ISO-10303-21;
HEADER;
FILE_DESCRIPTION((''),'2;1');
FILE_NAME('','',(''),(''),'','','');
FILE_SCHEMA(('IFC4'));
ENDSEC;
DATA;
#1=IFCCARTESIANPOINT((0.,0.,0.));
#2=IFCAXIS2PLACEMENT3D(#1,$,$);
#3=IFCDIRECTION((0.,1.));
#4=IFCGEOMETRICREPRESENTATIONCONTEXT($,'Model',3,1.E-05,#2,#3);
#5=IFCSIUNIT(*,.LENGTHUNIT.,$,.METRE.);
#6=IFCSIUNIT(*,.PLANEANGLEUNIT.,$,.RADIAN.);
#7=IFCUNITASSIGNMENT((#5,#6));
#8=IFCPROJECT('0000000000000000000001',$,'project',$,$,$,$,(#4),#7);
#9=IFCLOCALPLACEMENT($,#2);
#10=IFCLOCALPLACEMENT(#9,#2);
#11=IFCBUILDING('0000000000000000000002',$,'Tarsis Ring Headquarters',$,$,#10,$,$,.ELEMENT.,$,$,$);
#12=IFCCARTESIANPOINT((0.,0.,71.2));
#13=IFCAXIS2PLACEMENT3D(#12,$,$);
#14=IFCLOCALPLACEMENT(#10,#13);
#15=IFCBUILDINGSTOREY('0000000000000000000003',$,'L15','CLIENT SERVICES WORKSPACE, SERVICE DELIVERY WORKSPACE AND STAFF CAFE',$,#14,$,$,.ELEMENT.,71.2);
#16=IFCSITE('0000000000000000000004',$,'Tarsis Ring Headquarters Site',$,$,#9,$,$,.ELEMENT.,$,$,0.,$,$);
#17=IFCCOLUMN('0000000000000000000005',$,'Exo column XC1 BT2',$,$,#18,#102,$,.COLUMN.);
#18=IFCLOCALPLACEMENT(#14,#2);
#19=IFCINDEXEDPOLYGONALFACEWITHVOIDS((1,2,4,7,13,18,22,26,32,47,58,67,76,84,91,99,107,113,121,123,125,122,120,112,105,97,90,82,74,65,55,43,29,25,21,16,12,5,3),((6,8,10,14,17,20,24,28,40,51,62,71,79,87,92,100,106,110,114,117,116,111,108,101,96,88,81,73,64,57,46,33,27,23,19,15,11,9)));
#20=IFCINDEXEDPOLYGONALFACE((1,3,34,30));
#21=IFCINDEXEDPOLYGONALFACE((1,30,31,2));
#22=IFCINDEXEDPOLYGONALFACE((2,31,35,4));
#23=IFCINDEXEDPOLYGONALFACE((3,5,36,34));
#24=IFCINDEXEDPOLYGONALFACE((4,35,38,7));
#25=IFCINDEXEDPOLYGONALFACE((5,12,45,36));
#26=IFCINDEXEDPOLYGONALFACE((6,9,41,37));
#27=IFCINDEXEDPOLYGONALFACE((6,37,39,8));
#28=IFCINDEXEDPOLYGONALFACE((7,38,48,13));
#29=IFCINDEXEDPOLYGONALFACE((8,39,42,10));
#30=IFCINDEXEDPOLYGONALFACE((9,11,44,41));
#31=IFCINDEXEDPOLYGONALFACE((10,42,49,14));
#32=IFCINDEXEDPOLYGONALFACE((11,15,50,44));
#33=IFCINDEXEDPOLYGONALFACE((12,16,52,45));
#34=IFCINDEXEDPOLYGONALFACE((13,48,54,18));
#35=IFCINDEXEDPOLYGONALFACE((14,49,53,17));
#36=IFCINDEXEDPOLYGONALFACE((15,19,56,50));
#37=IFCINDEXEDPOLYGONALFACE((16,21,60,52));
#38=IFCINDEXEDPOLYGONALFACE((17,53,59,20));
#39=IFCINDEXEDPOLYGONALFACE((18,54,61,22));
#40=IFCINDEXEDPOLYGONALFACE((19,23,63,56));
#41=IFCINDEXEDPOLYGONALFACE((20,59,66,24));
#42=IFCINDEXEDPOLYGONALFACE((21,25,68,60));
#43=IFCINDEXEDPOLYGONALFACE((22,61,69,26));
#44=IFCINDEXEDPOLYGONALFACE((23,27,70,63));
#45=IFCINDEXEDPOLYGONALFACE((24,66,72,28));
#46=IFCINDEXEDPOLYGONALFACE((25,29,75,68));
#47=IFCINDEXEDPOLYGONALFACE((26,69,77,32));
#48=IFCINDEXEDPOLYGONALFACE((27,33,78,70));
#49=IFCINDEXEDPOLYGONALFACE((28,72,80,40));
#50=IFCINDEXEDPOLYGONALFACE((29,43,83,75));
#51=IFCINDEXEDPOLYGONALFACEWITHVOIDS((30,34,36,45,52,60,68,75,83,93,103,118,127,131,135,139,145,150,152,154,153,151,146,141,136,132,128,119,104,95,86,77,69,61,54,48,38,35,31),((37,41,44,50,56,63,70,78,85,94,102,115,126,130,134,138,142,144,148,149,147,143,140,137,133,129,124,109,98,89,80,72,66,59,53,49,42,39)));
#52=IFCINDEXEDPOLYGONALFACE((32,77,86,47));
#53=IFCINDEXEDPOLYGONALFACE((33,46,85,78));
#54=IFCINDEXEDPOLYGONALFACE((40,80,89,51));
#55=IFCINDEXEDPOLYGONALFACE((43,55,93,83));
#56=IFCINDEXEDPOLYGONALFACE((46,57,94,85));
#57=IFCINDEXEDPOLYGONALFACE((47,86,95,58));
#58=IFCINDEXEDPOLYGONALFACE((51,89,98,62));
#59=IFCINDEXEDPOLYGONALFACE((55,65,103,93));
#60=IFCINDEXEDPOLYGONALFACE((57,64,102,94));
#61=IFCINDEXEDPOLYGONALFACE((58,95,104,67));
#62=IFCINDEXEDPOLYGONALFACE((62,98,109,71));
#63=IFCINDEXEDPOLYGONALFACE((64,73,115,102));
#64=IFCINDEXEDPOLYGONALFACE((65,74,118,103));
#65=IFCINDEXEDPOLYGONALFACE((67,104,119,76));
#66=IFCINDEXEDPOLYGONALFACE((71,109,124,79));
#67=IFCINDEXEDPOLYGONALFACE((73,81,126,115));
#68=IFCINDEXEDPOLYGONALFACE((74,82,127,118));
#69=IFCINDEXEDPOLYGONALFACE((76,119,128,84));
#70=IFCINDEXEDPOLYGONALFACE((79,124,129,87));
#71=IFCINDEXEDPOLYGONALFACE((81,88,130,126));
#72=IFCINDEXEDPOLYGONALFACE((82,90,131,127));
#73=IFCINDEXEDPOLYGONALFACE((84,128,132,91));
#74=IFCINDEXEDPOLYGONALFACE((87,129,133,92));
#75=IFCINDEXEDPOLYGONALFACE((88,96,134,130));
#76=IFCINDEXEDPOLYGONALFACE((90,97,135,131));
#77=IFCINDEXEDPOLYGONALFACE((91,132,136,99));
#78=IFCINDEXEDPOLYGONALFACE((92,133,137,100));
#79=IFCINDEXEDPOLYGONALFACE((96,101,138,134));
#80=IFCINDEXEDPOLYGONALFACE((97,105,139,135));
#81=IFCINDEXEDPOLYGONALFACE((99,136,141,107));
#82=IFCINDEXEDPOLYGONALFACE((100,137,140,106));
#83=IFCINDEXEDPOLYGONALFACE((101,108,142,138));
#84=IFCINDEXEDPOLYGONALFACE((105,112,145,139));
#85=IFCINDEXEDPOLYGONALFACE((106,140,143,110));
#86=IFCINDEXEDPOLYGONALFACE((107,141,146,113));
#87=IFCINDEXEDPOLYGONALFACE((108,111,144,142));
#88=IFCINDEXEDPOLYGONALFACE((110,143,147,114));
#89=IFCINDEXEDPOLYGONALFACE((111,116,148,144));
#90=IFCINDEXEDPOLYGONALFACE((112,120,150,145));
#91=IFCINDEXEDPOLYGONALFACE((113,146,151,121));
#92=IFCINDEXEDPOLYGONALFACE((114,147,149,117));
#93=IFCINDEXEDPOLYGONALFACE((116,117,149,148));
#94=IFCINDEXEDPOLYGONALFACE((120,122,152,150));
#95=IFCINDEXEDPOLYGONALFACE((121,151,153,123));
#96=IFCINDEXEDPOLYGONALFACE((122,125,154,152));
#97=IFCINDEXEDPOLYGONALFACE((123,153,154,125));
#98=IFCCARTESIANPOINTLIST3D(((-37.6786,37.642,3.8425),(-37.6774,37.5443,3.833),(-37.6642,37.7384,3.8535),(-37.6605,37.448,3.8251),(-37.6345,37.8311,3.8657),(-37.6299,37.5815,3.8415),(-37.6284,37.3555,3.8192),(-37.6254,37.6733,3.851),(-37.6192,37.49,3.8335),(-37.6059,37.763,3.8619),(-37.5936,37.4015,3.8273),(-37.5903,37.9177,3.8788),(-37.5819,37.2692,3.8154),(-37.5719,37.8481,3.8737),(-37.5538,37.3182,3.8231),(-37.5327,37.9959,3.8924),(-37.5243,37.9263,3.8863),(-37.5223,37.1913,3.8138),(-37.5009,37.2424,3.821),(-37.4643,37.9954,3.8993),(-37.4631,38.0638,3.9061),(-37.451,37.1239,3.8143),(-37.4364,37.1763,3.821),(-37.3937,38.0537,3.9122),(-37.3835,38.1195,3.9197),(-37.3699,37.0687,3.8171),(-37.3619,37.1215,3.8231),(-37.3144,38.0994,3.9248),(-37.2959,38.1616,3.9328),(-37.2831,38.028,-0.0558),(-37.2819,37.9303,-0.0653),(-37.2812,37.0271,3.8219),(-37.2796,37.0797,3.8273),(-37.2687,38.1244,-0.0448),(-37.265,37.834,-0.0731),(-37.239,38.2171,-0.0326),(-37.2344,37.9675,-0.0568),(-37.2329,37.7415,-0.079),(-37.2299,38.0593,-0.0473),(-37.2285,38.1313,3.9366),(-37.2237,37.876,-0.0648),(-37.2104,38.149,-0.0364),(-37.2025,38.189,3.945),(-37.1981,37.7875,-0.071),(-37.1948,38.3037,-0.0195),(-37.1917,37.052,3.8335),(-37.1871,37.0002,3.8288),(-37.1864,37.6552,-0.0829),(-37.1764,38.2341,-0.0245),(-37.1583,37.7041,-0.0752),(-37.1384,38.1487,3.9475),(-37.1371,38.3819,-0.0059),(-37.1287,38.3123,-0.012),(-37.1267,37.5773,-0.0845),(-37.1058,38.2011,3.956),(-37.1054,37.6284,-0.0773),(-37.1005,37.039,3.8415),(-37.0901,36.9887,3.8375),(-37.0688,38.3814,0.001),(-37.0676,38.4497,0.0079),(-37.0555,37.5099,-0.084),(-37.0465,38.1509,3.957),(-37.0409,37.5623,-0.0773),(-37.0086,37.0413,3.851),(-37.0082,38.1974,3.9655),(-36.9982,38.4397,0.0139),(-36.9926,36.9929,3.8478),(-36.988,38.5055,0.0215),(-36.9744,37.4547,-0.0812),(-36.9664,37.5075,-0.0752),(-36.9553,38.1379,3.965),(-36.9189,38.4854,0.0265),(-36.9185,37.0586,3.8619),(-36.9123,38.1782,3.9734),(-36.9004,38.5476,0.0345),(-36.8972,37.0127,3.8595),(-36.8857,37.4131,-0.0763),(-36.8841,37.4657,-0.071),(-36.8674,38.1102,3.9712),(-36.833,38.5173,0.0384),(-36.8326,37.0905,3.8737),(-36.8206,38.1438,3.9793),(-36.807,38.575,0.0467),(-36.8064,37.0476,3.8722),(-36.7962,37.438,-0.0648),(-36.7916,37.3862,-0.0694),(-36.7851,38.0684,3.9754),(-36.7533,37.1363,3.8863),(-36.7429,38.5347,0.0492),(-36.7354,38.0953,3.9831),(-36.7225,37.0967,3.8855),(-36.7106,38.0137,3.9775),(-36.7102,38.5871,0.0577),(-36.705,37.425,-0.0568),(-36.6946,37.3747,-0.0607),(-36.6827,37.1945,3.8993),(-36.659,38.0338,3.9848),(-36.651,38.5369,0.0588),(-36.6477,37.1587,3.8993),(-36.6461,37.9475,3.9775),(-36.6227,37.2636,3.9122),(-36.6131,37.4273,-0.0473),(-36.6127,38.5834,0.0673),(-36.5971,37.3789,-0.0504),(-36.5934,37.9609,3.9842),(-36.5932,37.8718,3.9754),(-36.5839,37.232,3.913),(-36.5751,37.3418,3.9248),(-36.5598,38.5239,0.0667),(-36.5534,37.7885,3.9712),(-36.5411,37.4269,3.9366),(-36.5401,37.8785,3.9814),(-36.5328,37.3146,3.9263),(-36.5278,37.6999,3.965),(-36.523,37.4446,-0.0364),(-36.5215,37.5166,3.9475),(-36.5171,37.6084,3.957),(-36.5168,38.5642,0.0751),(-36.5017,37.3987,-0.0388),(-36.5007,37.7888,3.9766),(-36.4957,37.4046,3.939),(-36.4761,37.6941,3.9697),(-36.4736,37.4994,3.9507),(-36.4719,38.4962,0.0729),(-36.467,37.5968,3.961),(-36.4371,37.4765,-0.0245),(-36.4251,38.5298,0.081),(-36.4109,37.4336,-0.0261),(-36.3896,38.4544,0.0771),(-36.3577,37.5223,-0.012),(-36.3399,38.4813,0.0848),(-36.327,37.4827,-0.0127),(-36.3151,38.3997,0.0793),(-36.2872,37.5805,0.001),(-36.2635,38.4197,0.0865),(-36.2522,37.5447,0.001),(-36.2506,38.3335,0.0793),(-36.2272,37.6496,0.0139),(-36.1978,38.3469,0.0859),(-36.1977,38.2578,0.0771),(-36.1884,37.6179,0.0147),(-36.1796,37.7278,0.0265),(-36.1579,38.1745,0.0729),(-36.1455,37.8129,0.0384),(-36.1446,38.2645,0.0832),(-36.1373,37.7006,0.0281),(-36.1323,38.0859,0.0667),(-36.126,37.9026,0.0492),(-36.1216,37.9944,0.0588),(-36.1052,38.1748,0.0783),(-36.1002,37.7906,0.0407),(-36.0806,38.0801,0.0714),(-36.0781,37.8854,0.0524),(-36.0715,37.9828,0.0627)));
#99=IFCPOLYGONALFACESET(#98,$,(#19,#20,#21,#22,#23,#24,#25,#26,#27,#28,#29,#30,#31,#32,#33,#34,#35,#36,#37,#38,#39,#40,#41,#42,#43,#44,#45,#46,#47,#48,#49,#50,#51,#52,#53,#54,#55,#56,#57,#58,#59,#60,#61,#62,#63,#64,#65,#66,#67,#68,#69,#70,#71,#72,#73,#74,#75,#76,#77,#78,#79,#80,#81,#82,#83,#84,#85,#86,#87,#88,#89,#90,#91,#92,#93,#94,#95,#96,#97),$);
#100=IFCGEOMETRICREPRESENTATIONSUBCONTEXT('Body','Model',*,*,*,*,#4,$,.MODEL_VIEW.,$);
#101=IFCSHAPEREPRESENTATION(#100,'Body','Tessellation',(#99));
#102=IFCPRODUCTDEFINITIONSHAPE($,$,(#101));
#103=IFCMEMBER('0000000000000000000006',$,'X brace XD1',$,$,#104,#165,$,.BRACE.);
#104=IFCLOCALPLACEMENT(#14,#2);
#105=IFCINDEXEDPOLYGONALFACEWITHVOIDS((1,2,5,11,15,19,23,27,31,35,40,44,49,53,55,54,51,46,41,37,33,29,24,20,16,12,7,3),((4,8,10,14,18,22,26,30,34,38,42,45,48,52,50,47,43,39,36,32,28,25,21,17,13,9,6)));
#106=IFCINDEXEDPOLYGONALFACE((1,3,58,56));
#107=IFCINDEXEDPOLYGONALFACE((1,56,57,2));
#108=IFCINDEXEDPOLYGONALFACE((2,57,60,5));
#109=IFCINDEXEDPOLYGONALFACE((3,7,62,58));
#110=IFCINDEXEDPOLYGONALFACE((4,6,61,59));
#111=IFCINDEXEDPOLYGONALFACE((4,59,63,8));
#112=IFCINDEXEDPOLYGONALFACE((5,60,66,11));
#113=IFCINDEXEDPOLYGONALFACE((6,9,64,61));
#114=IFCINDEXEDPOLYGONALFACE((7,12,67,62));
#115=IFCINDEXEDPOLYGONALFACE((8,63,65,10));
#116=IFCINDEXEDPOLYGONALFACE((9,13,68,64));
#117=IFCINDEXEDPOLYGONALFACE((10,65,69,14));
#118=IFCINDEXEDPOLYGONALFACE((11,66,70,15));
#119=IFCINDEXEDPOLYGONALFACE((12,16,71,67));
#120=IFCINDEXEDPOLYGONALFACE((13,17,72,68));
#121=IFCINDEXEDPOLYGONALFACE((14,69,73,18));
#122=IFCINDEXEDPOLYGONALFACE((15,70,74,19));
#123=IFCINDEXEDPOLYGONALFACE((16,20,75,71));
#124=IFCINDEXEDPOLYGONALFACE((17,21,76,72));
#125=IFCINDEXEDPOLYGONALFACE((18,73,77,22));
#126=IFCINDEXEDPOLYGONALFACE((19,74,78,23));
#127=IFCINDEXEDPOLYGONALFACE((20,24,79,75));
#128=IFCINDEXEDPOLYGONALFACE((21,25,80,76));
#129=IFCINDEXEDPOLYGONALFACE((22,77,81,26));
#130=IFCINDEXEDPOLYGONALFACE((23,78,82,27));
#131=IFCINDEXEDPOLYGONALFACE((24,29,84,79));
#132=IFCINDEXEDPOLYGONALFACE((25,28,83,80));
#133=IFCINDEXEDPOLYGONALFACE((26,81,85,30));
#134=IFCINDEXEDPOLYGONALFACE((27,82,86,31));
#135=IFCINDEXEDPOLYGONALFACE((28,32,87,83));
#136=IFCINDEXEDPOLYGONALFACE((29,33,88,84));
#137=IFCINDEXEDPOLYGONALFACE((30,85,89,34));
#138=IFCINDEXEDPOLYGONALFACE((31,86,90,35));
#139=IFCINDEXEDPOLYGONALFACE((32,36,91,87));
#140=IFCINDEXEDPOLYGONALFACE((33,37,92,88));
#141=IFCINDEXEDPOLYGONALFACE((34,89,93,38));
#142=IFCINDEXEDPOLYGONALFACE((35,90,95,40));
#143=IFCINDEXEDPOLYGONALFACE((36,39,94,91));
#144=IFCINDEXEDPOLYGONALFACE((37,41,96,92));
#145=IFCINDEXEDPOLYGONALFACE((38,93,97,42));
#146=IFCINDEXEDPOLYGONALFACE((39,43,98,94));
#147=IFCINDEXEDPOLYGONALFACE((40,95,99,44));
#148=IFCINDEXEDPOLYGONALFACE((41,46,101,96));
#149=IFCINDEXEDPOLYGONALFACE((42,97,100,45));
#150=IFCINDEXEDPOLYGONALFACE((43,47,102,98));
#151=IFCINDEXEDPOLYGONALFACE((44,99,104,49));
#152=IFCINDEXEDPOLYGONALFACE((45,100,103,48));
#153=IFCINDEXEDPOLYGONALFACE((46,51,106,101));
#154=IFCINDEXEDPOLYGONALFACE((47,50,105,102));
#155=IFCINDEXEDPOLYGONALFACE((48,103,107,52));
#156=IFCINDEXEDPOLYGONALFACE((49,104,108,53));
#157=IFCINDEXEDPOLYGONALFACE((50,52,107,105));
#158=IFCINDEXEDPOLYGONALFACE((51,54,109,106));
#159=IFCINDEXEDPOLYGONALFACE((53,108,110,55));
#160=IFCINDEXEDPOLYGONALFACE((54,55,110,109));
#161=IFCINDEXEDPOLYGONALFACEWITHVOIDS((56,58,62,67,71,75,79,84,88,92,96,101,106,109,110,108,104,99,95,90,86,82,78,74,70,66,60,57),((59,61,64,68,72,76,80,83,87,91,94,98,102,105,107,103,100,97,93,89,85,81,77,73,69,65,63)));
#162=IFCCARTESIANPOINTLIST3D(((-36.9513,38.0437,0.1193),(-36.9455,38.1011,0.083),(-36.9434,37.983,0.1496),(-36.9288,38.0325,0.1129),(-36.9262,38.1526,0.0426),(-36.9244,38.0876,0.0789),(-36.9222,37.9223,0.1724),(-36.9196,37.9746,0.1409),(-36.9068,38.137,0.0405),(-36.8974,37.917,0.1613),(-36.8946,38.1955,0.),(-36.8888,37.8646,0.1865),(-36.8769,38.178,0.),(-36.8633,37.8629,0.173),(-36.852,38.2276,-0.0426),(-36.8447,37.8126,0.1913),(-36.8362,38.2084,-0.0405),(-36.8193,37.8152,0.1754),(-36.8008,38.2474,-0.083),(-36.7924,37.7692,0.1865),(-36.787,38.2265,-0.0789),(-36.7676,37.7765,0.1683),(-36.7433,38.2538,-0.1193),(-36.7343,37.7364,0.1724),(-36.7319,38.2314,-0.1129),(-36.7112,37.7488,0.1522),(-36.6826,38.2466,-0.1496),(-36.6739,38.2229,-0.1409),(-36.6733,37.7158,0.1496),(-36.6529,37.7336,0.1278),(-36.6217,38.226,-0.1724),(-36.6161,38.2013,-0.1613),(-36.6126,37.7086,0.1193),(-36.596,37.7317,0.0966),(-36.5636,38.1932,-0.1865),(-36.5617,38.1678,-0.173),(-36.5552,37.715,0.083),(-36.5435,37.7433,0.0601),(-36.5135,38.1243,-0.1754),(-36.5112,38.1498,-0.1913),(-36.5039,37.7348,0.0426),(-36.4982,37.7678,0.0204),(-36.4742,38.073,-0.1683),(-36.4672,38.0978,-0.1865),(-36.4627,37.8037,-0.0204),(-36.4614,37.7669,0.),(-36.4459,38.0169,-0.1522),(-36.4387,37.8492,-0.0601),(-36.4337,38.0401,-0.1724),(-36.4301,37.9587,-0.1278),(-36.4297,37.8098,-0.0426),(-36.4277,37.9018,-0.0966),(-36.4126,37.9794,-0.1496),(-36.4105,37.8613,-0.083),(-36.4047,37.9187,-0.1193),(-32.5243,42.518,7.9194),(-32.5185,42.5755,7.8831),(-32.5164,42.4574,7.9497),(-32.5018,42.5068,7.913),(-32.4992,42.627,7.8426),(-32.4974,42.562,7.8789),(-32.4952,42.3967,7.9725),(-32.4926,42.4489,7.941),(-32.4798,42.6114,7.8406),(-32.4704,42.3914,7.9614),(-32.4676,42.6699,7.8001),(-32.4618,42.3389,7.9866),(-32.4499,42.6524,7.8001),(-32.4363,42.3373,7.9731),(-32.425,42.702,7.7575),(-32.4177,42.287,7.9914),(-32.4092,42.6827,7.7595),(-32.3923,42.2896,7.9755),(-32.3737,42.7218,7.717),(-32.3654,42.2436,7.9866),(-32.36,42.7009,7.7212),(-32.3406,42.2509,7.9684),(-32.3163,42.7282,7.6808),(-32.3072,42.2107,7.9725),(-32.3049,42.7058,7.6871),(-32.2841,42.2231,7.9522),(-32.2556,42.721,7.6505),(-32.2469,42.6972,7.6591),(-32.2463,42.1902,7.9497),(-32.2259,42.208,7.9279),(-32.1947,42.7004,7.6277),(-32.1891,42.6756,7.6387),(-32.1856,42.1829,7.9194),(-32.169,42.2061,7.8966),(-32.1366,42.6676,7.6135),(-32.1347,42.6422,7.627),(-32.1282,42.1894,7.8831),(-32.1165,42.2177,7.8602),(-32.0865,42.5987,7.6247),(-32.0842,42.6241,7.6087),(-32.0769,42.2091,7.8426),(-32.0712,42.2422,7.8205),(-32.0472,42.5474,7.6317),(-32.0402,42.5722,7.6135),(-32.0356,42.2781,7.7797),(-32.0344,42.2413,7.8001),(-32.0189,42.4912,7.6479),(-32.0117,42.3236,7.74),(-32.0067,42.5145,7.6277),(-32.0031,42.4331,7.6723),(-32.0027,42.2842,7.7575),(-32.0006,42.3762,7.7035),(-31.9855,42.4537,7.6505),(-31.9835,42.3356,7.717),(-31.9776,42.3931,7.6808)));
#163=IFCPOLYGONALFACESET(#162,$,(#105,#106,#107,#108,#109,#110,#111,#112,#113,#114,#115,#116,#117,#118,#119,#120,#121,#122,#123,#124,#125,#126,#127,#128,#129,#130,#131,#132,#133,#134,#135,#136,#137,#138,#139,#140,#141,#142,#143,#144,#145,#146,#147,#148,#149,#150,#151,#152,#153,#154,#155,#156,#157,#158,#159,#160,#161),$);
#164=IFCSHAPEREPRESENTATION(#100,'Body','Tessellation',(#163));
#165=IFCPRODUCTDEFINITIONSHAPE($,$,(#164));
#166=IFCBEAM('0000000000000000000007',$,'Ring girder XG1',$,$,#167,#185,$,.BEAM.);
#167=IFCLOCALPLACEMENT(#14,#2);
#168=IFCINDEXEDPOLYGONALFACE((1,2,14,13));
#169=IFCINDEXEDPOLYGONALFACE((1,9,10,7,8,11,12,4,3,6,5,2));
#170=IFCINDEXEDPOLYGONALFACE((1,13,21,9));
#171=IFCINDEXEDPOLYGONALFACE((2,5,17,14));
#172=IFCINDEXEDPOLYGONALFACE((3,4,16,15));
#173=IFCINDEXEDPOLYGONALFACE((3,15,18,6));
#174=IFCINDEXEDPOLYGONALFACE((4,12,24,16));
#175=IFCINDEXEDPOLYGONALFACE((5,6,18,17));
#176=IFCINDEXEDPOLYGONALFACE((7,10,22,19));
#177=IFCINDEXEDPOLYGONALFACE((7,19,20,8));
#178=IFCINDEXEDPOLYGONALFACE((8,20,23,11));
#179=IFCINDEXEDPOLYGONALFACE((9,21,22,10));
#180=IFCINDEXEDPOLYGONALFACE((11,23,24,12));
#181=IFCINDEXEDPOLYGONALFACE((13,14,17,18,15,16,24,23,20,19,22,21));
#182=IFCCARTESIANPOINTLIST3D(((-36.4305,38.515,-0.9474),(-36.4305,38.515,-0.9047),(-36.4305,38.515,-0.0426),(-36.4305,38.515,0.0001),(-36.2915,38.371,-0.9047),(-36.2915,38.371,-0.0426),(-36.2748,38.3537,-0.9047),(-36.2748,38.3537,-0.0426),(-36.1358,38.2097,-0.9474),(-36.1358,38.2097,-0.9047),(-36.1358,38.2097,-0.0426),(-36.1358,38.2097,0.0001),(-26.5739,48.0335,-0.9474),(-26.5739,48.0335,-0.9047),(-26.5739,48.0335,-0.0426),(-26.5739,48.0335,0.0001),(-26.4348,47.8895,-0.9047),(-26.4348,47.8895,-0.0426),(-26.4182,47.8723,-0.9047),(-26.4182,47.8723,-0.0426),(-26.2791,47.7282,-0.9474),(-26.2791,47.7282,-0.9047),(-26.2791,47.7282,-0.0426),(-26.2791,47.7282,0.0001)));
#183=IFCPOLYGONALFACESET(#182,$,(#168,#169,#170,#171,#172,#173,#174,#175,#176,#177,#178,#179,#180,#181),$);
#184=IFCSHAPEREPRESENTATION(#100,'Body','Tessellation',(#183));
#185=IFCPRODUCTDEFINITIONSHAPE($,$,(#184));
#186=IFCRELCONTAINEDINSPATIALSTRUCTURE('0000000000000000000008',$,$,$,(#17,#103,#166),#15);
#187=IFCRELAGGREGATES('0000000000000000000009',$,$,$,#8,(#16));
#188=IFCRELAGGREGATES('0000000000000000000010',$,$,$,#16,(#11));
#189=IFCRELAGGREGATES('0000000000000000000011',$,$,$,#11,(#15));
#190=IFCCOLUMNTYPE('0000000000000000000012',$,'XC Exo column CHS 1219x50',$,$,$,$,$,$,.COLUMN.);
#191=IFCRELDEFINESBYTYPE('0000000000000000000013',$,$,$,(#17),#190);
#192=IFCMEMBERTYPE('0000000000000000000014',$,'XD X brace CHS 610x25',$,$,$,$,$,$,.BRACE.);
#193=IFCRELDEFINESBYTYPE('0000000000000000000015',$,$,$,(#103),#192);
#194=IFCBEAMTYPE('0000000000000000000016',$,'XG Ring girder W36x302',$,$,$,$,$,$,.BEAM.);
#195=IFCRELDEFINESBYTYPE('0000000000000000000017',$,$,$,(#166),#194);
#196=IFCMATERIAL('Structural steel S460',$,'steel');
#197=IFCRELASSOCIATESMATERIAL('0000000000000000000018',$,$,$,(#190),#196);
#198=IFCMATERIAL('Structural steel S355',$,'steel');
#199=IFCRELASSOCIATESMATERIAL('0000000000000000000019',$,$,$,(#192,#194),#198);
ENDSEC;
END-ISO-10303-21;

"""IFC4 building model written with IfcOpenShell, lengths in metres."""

from ifc_helpers import new_model, si_unit, direction, frame, origin, origin_2d, place, context, subcontext, project, spatial, hollow_circle, i_section, extrude, material, material_profile, profile_set, type_object, element, save


model = new_model("IFC4")

# Units and contexts
model_context = context("Model", 3, precision=1e-05, world=origin(), true_north=direction((0.0, 1.0)))
body_context = subcontext(model_context, "Body", "Model", "MODEL_VIEW")
ifc_project = project(units=[si_unit("LENGTHUNIT", "METRE"), si_unit("PLANEANGLEUNIT", "RADIAN")], contexts=[model_context])

# Site, building, storey
site_placement = place(None, origin())
site = spatial("IfcSite", under=ifc_project, at=site_placement, Name="Tarsis Ring Headquarters Site", CompositionType="ELEMENT", RefElevation=0.0)
building_placement = place(site_placement, origin())
building = spatial("IfcBuilding", under=site, at=building_placement, Name="Tarsis Ring Headquarters", CompositionType="ELEMENT")
storey_placement = place(building_placement, frame((0.0, 0.0, 71.2)))
storey = spatial("IfcBuildingStorey", under=building, at=storey_placement, Name="L15", Description="CLIENT SERVICES WORKSPACE, SERVICE DELIVERY WORKSPACE AND STAFF CAFE", CompositionType="ELEMENT", Elevation=71.2)

# Column
ifc_material_1 = material(Name="Structural steel S460", Category="steel")
ifc_material_profile_1 = material_profile(ifc_material_1, hollow_circle(Radius=0.6096, WallThickness=0.05, at=origin_2d()), Name="CHS 1219x50")
ifc_profile_set_1 = profile_set([ifc_material_profile_1], Name="Structural steel S460")
column_type = type_object("IfcColumnType", Name="XC Exo column CHS 1219x50", PredefinedType="COLUMN", material=ifc_profile_set_1)
column_placement = place(storey_placement, frame((-36.678, 37.981, 0.001), z_axis=(-0.100455, -0.098036, 0.9901), x_axis=(0.69844, -0.715669, 0.0)))
element("IfcColumn", 1, at=column_placement, inside=storey, type_object=column_type, Name="Exo column XC1 BT2", PredefinedType="COLUMN", context=body_context, shape_type="SweptSolid", body=[
    extrude(hollow_circle(Radius=0.6096, WallThickness=0.05, at=origin_2d()), origin(), (0.0, 0.0, 1.0), 3.9373),
])

# Member
ifc_material_2 = material(Name="Structural steel S355", Category="steel")
ifc_material_profile_2 = material_profile(ifc_material_2, hollow_circle(Radius=0.3047, WallThickness=0.0249, at=origin_2d()), Name="CHS 610x25")
ifc_profile_set_2 = profile_set([ifc_material_profile_2], Name="Structural steel S355")
member_type = type_object("IfcMemberType", Name="XD X brace CHS 610x25", PredefinedType="BRACE", material=ifc_profile_set_2)
member_placement = place(storey_placement, frame((-36.678, 37.9812, 0.0), z_axis=(0.441688, 0.446413, 0.778221), x_axis=(-0.710859, 0.703334, 0.0)))
element("IfcMember", 2, at=member_placement, inside=storey, type_object=member_type, Name="X brace XD1", PredefinedType="BRACE", context=body_context, shape_type="SweptSolid", body=[
    extrude(hollow_circle(Radius=0.3047, WallThickness=0.0249, at=origin_2d()), origin(), (0.0, 0.0, 1.0), 10.0229),
])

# Beam
ifc_material_profile_3 = material_profile(ifc_material_2, i_section(OverallWidth=0.4243, OverallDepth=0.9475, WebThickness=0.0239, FlangeThickness=0.0427, at=origin_2d()), Name="W36x302")
ifc_profile_set_3 = profile_set([ifc_material_profile_3], Name="Structural steel S355")
beam_type = type_object("IfcBeamType", Name="XG Ring girder W36x302", PredefinedType="BEAM", material=ifc_profile_set_3)
beam_1_placement = place(storey_placement, frame((-26.4265, 47.8809, -0.4736), z_axis=(-0.719338, -0.694661, 0.0), x_axis=(0.694661, -0.719338, 0.0)))
element("IfcBeam", 3, at=beam_1_placement, inside=storey, type_object=beam_type, Name="Ring girder XG1", PredefinedType="BEAM", context=body_context, shape_type="SweptSolid", body=[
    extrude(i_section(OverallWidth=0.4243, OverallDepth=0.9475, WebThickness=0.0239, FlangeThickness=0.0427, at=origin_2d()), origin(), (0.0, 0.0, 1.0), 13.7024),
])

save(model, "model.ifc")
